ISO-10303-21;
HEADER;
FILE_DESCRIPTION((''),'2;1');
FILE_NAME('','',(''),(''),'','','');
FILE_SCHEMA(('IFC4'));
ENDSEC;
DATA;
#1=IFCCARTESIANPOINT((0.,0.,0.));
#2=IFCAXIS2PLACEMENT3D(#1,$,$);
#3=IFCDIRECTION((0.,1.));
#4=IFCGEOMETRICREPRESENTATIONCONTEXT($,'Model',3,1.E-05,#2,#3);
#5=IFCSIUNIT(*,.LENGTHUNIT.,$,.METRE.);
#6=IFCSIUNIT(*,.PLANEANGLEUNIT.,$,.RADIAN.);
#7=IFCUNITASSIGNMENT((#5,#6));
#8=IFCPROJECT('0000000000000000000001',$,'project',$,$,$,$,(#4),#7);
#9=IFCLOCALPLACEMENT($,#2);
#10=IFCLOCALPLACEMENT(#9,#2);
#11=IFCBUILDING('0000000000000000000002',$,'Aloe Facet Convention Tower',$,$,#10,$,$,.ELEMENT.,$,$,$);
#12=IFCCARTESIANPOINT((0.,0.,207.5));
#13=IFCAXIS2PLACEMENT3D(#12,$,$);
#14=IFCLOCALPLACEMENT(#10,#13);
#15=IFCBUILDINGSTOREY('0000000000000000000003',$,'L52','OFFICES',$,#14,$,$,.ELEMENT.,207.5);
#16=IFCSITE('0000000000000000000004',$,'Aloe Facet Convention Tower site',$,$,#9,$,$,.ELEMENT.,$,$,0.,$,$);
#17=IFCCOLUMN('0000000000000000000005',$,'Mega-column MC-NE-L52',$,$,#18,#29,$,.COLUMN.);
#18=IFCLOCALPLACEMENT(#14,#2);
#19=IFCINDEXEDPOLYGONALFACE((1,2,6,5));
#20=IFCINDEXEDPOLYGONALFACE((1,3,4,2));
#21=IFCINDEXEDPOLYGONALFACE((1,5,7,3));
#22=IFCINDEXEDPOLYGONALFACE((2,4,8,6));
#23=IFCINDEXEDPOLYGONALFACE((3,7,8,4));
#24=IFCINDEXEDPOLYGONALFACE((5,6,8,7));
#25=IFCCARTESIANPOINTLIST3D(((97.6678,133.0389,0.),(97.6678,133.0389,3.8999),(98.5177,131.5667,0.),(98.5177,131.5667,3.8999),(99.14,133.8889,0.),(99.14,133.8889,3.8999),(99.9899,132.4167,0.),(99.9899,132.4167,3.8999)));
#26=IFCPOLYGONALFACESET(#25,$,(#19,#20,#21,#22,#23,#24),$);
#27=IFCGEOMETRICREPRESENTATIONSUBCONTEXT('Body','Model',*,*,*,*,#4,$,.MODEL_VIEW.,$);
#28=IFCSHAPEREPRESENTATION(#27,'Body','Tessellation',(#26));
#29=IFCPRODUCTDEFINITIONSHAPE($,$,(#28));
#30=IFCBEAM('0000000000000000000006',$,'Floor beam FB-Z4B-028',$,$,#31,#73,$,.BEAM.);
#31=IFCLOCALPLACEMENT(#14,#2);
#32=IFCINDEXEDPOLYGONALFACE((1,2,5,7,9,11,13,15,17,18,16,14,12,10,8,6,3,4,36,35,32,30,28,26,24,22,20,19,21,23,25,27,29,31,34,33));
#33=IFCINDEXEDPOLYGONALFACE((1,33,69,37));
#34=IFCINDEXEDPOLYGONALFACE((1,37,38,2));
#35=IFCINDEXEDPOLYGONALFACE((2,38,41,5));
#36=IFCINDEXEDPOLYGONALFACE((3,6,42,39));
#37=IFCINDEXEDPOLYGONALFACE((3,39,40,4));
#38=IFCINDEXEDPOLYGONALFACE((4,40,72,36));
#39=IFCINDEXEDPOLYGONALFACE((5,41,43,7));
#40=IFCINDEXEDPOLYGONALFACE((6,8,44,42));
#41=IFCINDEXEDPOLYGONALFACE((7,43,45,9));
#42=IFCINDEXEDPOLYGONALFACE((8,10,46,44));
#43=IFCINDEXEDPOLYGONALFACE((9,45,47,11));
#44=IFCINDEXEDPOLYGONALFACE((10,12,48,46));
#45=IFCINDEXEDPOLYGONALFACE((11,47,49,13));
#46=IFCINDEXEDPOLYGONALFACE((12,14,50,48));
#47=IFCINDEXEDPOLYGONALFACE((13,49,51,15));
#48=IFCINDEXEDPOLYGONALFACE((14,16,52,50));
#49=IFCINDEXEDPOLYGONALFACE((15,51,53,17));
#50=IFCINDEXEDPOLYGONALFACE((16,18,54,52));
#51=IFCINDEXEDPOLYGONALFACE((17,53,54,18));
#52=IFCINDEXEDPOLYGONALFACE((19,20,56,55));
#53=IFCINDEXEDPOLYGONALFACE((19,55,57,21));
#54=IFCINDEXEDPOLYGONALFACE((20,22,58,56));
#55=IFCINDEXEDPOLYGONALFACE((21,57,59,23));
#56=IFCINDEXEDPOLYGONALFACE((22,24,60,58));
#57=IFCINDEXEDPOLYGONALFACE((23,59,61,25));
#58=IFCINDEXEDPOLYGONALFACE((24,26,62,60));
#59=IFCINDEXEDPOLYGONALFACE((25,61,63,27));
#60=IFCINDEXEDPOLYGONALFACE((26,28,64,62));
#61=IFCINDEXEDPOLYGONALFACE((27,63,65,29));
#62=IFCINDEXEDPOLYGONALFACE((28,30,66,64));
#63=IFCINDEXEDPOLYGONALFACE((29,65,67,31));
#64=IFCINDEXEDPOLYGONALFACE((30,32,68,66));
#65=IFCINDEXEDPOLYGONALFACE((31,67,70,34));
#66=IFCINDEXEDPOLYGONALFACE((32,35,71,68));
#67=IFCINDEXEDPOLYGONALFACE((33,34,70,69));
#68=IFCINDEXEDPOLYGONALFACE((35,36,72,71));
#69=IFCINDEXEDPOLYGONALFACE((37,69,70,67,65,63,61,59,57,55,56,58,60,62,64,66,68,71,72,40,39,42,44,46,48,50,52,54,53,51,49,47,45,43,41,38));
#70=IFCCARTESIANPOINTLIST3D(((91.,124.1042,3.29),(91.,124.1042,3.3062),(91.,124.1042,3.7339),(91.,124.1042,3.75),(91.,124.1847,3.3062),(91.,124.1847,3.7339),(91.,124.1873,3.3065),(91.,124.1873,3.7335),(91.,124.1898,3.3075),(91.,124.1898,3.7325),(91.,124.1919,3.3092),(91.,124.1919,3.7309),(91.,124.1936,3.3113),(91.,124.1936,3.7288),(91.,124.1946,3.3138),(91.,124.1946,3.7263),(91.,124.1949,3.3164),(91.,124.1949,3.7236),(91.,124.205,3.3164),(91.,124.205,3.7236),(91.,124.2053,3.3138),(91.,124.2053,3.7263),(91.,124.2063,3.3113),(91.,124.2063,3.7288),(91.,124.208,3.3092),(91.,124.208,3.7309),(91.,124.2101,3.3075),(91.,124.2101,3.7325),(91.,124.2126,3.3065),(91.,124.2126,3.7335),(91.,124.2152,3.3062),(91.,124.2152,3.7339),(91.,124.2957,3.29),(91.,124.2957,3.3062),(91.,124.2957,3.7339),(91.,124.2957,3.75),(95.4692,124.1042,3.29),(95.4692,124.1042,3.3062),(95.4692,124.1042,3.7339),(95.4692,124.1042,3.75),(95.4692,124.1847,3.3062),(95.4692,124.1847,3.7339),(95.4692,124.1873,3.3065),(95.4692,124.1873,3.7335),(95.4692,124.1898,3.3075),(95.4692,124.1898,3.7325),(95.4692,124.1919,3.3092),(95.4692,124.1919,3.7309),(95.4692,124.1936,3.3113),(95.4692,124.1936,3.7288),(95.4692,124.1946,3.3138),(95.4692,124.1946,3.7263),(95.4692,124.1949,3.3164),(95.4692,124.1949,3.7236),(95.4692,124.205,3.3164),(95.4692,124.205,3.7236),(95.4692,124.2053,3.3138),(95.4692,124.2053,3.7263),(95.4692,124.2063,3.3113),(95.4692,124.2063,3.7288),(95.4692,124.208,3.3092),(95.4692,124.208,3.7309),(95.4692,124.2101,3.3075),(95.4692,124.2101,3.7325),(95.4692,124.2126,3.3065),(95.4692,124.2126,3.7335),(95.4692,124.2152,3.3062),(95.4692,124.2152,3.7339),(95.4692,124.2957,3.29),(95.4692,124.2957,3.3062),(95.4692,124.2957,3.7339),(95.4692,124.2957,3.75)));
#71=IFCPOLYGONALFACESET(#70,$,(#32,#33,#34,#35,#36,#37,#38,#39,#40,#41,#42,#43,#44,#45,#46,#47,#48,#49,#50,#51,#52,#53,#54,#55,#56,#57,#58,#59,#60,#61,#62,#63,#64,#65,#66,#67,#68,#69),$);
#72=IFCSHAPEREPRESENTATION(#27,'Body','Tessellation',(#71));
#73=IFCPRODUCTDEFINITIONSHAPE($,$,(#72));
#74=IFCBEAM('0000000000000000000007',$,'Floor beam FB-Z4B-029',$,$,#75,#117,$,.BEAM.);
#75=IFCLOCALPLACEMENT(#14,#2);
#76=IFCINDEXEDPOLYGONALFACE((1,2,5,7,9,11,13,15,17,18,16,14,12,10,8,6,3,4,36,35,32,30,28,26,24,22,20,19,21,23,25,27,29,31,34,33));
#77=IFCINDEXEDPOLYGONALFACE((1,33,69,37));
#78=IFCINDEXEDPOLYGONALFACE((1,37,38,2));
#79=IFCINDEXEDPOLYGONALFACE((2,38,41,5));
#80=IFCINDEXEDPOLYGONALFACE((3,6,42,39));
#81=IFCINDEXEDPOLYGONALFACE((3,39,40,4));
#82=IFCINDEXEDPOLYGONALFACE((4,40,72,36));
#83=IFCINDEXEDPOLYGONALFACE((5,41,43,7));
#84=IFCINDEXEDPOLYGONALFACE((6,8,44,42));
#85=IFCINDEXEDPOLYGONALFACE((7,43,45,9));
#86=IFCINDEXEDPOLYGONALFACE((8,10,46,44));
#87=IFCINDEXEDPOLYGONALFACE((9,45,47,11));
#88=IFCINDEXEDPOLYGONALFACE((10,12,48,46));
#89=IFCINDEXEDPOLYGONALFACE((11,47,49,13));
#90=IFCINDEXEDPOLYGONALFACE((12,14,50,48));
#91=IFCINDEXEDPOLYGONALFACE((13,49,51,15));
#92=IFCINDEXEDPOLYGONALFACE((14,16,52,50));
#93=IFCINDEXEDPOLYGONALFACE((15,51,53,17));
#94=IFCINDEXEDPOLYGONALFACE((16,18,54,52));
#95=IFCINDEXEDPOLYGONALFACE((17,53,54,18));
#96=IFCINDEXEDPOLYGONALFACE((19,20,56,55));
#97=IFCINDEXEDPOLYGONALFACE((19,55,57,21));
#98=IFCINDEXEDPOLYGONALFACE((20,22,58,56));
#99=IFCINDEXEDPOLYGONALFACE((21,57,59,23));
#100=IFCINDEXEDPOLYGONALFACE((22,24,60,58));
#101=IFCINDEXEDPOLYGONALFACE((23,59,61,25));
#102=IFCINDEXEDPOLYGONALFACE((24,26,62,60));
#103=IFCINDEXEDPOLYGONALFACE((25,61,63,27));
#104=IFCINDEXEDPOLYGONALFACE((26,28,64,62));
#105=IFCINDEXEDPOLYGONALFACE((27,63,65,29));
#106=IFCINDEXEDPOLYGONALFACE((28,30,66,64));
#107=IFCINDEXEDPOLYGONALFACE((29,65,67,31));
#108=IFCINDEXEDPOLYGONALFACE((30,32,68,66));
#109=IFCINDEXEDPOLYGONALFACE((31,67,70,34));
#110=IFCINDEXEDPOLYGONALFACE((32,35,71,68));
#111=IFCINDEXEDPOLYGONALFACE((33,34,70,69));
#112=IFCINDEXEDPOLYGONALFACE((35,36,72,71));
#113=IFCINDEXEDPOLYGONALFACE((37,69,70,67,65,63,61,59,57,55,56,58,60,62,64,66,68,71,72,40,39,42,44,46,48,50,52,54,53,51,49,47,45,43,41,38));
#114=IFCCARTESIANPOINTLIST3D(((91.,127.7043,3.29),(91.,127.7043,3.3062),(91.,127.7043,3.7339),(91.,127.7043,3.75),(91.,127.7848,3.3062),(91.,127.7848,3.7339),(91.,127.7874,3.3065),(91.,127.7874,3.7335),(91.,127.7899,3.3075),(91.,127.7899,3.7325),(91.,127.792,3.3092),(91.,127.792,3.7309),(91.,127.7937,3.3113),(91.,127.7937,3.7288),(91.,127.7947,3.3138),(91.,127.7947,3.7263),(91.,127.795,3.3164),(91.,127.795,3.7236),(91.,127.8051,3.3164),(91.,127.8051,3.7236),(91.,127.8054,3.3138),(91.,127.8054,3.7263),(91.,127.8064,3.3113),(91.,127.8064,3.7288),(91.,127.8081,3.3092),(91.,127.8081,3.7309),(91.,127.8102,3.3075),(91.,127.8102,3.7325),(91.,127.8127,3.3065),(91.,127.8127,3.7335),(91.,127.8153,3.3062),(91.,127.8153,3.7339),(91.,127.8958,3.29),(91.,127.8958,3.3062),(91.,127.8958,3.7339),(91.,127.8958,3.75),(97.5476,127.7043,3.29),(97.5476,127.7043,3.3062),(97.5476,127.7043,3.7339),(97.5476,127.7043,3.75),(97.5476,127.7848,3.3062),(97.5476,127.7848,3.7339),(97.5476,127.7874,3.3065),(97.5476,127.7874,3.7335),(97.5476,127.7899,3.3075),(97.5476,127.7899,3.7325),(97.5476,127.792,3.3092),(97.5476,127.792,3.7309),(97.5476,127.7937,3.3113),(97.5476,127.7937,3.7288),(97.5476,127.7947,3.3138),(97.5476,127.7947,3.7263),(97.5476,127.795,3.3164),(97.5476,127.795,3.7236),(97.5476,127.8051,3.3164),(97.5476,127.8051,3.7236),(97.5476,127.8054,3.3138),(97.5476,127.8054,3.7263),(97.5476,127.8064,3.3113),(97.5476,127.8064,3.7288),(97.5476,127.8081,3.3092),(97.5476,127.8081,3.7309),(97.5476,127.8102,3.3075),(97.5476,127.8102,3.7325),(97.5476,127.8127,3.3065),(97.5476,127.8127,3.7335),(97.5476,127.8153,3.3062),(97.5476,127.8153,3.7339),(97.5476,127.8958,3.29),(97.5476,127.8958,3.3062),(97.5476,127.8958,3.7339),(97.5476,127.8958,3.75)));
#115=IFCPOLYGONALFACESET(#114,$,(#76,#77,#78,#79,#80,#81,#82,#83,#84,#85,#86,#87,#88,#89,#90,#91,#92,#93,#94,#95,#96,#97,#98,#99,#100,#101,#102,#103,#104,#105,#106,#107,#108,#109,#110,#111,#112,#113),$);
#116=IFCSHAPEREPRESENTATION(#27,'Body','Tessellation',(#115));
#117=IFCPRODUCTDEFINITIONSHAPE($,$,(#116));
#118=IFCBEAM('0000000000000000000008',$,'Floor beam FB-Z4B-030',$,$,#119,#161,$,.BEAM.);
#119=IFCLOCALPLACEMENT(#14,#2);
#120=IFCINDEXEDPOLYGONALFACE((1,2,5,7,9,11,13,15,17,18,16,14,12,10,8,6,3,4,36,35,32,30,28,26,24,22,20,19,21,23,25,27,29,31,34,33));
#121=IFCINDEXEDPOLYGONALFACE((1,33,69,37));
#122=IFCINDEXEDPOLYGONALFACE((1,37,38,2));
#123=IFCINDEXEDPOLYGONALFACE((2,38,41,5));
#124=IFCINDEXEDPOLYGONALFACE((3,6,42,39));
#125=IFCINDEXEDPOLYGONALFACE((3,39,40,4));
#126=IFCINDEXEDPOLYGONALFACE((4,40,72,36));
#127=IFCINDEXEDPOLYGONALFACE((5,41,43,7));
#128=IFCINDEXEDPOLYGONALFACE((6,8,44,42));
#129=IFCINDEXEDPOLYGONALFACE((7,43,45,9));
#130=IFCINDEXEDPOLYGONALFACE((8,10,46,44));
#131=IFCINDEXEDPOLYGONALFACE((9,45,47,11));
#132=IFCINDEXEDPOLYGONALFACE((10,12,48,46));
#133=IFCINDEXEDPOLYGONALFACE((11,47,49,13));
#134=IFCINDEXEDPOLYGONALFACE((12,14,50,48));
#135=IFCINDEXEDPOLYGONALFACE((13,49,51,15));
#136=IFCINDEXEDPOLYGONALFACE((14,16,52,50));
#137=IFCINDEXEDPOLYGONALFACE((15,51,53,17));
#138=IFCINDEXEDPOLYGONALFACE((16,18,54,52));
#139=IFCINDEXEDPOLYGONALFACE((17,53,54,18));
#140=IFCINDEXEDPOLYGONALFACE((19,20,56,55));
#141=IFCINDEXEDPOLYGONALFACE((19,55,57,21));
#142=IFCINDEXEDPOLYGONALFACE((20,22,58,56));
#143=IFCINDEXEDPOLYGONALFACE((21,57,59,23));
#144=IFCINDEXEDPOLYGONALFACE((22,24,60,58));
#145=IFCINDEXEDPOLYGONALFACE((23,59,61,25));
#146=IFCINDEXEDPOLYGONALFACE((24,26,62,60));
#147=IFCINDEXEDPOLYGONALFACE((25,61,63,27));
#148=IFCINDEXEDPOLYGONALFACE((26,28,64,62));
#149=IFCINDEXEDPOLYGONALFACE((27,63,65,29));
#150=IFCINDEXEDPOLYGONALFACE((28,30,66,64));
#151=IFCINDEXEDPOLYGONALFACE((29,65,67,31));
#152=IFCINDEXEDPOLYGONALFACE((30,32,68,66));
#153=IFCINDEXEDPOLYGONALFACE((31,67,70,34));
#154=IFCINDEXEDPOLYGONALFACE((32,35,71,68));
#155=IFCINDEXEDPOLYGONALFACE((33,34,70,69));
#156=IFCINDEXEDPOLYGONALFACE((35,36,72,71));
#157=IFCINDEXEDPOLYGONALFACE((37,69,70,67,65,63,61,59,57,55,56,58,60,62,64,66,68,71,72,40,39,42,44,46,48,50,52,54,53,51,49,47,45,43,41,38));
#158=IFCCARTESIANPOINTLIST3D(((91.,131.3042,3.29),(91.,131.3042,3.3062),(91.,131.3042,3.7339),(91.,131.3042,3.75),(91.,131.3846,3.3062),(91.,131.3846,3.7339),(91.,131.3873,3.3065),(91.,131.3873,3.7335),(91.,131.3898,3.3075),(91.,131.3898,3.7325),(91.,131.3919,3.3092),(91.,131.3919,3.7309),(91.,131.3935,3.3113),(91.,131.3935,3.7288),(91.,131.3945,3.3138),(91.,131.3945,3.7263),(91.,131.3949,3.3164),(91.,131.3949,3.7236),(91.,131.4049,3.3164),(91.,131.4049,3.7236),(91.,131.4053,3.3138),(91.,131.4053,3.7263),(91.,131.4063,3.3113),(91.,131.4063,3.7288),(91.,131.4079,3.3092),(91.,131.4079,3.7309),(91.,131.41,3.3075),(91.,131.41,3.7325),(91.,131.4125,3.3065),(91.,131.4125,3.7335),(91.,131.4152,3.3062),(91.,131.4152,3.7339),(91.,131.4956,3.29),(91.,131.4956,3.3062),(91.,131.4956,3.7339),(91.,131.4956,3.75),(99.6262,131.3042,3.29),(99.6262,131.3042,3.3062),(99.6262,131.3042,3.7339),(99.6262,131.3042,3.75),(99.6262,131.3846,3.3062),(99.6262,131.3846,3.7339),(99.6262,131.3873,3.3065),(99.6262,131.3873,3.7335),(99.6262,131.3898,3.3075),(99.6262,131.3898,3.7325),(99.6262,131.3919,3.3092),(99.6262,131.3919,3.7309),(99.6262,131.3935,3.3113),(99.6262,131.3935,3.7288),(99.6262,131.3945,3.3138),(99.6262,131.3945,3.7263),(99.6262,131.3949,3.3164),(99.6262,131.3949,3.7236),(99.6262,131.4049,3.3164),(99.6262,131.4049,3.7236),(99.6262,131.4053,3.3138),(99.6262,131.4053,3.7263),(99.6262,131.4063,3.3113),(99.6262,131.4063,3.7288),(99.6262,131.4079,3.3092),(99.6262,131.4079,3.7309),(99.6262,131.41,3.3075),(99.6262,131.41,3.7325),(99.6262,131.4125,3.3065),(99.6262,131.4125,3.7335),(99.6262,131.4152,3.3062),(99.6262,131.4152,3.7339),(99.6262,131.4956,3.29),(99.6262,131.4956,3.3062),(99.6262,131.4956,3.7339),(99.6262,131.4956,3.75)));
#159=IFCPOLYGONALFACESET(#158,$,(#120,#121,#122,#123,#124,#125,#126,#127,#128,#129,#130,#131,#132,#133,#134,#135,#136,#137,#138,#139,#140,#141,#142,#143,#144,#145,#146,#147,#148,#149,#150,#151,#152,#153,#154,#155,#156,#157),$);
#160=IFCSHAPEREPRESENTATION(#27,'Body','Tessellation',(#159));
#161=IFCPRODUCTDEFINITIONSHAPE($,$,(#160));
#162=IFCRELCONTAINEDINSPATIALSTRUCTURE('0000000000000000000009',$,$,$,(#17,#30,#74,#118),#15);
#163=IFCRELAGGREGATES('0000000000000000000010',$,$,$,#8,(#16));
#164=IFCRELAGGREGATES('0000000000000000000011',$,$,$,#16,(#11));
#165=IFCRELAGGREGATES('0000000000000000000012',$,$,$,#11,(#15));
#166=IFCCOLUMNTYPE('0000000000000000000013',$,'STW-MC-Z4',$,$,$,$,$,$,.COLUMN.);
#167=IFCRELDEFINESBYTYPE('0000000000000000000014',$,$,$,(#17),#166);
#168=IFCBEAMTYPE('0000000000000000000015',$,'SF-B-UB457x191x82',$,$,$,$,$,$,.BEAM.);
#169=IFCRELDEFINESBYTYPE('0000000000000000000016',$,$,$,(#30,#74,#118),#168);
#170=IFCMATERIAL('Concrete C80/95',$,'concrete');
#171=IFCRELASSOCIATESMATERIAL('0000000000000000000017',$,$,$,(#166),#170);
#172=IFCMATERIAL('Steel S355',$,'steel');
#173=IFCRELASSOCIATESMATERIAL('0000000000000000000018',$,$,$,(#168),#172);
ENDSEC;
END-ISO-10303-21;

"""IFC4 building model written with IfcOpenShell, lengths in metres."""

from ifc_helpers import new_model, si_unit, direction, frame, origin, origin_2d, place, context, subcontext, project, spatial, rectangle, i_section, extrude, material, material_profile, profile_set, type_object, element, save


model = new_model("IFC4")

# Units and contexts
model_context = context("Model", 3, precision=1e-05, world=origin(), true_north=direction((0.0, 1.0)))
body_context = subcontext(model_context, "Body", "Model", "MODEL_VIEW")
ifc_project = project(units=[si_unit("LENGTHUNIT", "METRE"), si_unit("PLANEANGLEUNIT", "RADIAN")], contexts=[model_context])

# Site, building, storey
site_placement = place(None, origin())
site = spatial("IfcSite", under=ifc_project, at=site_placement, Name="Aloe Facet Convention Tower site", CompositionType="ELEMENT", RefElevation=0.0)
building_placement = place(site_placement, origin())
building = spatial("IfcBuilding", under=site, at=building_placement, Name="Aloe Facet Convention Tower", CompositionType="ELEMENT")
storey_placement = place(building_placement, frame((0.0, 0.0, 207.5)))
storey = spatial("IfcBuildingStorey", under=building, at=storey_placement, Name="L52", Description="OFFICES", CompositionType="ELEMENT", Elevation=207.5)

# Column
ifc_material_1 = material(Name="Concrete C80/95", Category="concrete")
ifc_material_profile_1 = material_profile(ifc_material_1, rectangle(XDim=1.7, YDim=1.7, at=origin_2d()), Name="STW-MC-Z4")
ifc_profile_set_1 = profile_set([ifc_material_profile_1], Name="Concrete C80/95")
column_type = type_object("IfcColumnType", Name="STW-MC-Z4", PredefinedType="COLUMN", material=ifc_profile_set_1)
column_placement = place(storey_placement, frame((98.8289, 132.7278, 0.0), z_axis=(0.0, 0.0, 1.0), x_axis=(-0.5, 0.866025, 0.0)))
element("IfcColumn", 1, at=column_placement, inside=storey, type_object=column_type, Name="Mega-column MC-NE-L52", PredefinedType="COLUMN", context=body_context, shape_type="SweptSolid", body=[
    extrude(rectangle(XDim=1.7, YDim=1.7, at=origin_2d()), origin(), (0.0, 0.0, 1.0), 3.8999),
])

# Beams
ifc_material_2 = material(Name="Steel S355", Category="steel")
ifc_material_profile_2 = material_profile(ifc_material_2, i_section(OverallWidth=0.1914, OverallDepth=0.46, WebThickness=0.01, FlangeThickness=0.0161, FilletRadius=0.0103, at=origin_2d()), Name="UB 457x191x82")
ifc_profile_set_2 = profile_set([ifc_material_profile_2], Name="Steel S355")
beam_type_1 = type_object("IfcBeamType", Name="SF-B-UB457x191x82", PredefinedType="BEAM", material=ifc_profile_set_2)
beam_1_placement = place(storey_placement, frame((91.0, 124.2, 3.52), z_axis=(1.0, 0.0, 0.0), x_axis=(0.0, 1.0, 0.0)))
element("IfcBeam", 2, at=beam_1_placement, inside=storey, type_object=beam_type_1, Name="Floor beam FB-Z4B-028", PredefinedType="BEAM", context=body_context, shape_type="SweptSolid", body=[
    extrude(i_section(OverallWidth=0.1914, OverallDepth=0.46, WebThickness=0.01, FlangeThickness=0.0161, FilletRadius=0.0103, at=origin_2d()), origin(), (0.0, 0.0, 1.0), 4.4692),
])
beam_2_placement = place(storey_placement, frame((91.0, 127.8, 3.52), z_axis=(1.0, 0.0, 0.0), x_axis=(0.0, 1.0, 0.0)))
element("IfcBeam", 3, at=beam_2_placement, inside=storey, type_object=beam_type_1, Name="Floor beam FB-Z4B-029", PredefinedType="BEAM", context=body_context, shape_type="SweptSolid", body=[
    extrude(i_section(OverallWidth=0.1914, OverallDepth=0.46, WebThickness=0.01, FlangeThickness=0.0161, FilletRadius=0.0103, at=origin_2d()), origin(), (0.0, 0.0, 1.0), 6.5476),
])
beam_3_placement = place(storey_placement, frame((91.0, 131.3999, 3.52), z_axis=(1.0, 0.0, 0.0), x_axis=(0.0, 1.0, 0.0)))
element("IfcBeam", 4, at=beam_3_placement, inside=storey, type_object=beam_type_1, Name="Floor beam FB-Z4B-030", PredefinedType="BEAM", context=body_context, shape_type="SweptSolid", body=[
    extrude(i_section(OverallWidth=0.1914, OverallDepth=0.46, WebThickness=0.01, FlangeThickness=0.0161, FilletRadius=0.0103, at=origin_2d()), origin(), (0.0, 0.0, 1.0), 8.6262),
])

save(model, "model.ifc")
